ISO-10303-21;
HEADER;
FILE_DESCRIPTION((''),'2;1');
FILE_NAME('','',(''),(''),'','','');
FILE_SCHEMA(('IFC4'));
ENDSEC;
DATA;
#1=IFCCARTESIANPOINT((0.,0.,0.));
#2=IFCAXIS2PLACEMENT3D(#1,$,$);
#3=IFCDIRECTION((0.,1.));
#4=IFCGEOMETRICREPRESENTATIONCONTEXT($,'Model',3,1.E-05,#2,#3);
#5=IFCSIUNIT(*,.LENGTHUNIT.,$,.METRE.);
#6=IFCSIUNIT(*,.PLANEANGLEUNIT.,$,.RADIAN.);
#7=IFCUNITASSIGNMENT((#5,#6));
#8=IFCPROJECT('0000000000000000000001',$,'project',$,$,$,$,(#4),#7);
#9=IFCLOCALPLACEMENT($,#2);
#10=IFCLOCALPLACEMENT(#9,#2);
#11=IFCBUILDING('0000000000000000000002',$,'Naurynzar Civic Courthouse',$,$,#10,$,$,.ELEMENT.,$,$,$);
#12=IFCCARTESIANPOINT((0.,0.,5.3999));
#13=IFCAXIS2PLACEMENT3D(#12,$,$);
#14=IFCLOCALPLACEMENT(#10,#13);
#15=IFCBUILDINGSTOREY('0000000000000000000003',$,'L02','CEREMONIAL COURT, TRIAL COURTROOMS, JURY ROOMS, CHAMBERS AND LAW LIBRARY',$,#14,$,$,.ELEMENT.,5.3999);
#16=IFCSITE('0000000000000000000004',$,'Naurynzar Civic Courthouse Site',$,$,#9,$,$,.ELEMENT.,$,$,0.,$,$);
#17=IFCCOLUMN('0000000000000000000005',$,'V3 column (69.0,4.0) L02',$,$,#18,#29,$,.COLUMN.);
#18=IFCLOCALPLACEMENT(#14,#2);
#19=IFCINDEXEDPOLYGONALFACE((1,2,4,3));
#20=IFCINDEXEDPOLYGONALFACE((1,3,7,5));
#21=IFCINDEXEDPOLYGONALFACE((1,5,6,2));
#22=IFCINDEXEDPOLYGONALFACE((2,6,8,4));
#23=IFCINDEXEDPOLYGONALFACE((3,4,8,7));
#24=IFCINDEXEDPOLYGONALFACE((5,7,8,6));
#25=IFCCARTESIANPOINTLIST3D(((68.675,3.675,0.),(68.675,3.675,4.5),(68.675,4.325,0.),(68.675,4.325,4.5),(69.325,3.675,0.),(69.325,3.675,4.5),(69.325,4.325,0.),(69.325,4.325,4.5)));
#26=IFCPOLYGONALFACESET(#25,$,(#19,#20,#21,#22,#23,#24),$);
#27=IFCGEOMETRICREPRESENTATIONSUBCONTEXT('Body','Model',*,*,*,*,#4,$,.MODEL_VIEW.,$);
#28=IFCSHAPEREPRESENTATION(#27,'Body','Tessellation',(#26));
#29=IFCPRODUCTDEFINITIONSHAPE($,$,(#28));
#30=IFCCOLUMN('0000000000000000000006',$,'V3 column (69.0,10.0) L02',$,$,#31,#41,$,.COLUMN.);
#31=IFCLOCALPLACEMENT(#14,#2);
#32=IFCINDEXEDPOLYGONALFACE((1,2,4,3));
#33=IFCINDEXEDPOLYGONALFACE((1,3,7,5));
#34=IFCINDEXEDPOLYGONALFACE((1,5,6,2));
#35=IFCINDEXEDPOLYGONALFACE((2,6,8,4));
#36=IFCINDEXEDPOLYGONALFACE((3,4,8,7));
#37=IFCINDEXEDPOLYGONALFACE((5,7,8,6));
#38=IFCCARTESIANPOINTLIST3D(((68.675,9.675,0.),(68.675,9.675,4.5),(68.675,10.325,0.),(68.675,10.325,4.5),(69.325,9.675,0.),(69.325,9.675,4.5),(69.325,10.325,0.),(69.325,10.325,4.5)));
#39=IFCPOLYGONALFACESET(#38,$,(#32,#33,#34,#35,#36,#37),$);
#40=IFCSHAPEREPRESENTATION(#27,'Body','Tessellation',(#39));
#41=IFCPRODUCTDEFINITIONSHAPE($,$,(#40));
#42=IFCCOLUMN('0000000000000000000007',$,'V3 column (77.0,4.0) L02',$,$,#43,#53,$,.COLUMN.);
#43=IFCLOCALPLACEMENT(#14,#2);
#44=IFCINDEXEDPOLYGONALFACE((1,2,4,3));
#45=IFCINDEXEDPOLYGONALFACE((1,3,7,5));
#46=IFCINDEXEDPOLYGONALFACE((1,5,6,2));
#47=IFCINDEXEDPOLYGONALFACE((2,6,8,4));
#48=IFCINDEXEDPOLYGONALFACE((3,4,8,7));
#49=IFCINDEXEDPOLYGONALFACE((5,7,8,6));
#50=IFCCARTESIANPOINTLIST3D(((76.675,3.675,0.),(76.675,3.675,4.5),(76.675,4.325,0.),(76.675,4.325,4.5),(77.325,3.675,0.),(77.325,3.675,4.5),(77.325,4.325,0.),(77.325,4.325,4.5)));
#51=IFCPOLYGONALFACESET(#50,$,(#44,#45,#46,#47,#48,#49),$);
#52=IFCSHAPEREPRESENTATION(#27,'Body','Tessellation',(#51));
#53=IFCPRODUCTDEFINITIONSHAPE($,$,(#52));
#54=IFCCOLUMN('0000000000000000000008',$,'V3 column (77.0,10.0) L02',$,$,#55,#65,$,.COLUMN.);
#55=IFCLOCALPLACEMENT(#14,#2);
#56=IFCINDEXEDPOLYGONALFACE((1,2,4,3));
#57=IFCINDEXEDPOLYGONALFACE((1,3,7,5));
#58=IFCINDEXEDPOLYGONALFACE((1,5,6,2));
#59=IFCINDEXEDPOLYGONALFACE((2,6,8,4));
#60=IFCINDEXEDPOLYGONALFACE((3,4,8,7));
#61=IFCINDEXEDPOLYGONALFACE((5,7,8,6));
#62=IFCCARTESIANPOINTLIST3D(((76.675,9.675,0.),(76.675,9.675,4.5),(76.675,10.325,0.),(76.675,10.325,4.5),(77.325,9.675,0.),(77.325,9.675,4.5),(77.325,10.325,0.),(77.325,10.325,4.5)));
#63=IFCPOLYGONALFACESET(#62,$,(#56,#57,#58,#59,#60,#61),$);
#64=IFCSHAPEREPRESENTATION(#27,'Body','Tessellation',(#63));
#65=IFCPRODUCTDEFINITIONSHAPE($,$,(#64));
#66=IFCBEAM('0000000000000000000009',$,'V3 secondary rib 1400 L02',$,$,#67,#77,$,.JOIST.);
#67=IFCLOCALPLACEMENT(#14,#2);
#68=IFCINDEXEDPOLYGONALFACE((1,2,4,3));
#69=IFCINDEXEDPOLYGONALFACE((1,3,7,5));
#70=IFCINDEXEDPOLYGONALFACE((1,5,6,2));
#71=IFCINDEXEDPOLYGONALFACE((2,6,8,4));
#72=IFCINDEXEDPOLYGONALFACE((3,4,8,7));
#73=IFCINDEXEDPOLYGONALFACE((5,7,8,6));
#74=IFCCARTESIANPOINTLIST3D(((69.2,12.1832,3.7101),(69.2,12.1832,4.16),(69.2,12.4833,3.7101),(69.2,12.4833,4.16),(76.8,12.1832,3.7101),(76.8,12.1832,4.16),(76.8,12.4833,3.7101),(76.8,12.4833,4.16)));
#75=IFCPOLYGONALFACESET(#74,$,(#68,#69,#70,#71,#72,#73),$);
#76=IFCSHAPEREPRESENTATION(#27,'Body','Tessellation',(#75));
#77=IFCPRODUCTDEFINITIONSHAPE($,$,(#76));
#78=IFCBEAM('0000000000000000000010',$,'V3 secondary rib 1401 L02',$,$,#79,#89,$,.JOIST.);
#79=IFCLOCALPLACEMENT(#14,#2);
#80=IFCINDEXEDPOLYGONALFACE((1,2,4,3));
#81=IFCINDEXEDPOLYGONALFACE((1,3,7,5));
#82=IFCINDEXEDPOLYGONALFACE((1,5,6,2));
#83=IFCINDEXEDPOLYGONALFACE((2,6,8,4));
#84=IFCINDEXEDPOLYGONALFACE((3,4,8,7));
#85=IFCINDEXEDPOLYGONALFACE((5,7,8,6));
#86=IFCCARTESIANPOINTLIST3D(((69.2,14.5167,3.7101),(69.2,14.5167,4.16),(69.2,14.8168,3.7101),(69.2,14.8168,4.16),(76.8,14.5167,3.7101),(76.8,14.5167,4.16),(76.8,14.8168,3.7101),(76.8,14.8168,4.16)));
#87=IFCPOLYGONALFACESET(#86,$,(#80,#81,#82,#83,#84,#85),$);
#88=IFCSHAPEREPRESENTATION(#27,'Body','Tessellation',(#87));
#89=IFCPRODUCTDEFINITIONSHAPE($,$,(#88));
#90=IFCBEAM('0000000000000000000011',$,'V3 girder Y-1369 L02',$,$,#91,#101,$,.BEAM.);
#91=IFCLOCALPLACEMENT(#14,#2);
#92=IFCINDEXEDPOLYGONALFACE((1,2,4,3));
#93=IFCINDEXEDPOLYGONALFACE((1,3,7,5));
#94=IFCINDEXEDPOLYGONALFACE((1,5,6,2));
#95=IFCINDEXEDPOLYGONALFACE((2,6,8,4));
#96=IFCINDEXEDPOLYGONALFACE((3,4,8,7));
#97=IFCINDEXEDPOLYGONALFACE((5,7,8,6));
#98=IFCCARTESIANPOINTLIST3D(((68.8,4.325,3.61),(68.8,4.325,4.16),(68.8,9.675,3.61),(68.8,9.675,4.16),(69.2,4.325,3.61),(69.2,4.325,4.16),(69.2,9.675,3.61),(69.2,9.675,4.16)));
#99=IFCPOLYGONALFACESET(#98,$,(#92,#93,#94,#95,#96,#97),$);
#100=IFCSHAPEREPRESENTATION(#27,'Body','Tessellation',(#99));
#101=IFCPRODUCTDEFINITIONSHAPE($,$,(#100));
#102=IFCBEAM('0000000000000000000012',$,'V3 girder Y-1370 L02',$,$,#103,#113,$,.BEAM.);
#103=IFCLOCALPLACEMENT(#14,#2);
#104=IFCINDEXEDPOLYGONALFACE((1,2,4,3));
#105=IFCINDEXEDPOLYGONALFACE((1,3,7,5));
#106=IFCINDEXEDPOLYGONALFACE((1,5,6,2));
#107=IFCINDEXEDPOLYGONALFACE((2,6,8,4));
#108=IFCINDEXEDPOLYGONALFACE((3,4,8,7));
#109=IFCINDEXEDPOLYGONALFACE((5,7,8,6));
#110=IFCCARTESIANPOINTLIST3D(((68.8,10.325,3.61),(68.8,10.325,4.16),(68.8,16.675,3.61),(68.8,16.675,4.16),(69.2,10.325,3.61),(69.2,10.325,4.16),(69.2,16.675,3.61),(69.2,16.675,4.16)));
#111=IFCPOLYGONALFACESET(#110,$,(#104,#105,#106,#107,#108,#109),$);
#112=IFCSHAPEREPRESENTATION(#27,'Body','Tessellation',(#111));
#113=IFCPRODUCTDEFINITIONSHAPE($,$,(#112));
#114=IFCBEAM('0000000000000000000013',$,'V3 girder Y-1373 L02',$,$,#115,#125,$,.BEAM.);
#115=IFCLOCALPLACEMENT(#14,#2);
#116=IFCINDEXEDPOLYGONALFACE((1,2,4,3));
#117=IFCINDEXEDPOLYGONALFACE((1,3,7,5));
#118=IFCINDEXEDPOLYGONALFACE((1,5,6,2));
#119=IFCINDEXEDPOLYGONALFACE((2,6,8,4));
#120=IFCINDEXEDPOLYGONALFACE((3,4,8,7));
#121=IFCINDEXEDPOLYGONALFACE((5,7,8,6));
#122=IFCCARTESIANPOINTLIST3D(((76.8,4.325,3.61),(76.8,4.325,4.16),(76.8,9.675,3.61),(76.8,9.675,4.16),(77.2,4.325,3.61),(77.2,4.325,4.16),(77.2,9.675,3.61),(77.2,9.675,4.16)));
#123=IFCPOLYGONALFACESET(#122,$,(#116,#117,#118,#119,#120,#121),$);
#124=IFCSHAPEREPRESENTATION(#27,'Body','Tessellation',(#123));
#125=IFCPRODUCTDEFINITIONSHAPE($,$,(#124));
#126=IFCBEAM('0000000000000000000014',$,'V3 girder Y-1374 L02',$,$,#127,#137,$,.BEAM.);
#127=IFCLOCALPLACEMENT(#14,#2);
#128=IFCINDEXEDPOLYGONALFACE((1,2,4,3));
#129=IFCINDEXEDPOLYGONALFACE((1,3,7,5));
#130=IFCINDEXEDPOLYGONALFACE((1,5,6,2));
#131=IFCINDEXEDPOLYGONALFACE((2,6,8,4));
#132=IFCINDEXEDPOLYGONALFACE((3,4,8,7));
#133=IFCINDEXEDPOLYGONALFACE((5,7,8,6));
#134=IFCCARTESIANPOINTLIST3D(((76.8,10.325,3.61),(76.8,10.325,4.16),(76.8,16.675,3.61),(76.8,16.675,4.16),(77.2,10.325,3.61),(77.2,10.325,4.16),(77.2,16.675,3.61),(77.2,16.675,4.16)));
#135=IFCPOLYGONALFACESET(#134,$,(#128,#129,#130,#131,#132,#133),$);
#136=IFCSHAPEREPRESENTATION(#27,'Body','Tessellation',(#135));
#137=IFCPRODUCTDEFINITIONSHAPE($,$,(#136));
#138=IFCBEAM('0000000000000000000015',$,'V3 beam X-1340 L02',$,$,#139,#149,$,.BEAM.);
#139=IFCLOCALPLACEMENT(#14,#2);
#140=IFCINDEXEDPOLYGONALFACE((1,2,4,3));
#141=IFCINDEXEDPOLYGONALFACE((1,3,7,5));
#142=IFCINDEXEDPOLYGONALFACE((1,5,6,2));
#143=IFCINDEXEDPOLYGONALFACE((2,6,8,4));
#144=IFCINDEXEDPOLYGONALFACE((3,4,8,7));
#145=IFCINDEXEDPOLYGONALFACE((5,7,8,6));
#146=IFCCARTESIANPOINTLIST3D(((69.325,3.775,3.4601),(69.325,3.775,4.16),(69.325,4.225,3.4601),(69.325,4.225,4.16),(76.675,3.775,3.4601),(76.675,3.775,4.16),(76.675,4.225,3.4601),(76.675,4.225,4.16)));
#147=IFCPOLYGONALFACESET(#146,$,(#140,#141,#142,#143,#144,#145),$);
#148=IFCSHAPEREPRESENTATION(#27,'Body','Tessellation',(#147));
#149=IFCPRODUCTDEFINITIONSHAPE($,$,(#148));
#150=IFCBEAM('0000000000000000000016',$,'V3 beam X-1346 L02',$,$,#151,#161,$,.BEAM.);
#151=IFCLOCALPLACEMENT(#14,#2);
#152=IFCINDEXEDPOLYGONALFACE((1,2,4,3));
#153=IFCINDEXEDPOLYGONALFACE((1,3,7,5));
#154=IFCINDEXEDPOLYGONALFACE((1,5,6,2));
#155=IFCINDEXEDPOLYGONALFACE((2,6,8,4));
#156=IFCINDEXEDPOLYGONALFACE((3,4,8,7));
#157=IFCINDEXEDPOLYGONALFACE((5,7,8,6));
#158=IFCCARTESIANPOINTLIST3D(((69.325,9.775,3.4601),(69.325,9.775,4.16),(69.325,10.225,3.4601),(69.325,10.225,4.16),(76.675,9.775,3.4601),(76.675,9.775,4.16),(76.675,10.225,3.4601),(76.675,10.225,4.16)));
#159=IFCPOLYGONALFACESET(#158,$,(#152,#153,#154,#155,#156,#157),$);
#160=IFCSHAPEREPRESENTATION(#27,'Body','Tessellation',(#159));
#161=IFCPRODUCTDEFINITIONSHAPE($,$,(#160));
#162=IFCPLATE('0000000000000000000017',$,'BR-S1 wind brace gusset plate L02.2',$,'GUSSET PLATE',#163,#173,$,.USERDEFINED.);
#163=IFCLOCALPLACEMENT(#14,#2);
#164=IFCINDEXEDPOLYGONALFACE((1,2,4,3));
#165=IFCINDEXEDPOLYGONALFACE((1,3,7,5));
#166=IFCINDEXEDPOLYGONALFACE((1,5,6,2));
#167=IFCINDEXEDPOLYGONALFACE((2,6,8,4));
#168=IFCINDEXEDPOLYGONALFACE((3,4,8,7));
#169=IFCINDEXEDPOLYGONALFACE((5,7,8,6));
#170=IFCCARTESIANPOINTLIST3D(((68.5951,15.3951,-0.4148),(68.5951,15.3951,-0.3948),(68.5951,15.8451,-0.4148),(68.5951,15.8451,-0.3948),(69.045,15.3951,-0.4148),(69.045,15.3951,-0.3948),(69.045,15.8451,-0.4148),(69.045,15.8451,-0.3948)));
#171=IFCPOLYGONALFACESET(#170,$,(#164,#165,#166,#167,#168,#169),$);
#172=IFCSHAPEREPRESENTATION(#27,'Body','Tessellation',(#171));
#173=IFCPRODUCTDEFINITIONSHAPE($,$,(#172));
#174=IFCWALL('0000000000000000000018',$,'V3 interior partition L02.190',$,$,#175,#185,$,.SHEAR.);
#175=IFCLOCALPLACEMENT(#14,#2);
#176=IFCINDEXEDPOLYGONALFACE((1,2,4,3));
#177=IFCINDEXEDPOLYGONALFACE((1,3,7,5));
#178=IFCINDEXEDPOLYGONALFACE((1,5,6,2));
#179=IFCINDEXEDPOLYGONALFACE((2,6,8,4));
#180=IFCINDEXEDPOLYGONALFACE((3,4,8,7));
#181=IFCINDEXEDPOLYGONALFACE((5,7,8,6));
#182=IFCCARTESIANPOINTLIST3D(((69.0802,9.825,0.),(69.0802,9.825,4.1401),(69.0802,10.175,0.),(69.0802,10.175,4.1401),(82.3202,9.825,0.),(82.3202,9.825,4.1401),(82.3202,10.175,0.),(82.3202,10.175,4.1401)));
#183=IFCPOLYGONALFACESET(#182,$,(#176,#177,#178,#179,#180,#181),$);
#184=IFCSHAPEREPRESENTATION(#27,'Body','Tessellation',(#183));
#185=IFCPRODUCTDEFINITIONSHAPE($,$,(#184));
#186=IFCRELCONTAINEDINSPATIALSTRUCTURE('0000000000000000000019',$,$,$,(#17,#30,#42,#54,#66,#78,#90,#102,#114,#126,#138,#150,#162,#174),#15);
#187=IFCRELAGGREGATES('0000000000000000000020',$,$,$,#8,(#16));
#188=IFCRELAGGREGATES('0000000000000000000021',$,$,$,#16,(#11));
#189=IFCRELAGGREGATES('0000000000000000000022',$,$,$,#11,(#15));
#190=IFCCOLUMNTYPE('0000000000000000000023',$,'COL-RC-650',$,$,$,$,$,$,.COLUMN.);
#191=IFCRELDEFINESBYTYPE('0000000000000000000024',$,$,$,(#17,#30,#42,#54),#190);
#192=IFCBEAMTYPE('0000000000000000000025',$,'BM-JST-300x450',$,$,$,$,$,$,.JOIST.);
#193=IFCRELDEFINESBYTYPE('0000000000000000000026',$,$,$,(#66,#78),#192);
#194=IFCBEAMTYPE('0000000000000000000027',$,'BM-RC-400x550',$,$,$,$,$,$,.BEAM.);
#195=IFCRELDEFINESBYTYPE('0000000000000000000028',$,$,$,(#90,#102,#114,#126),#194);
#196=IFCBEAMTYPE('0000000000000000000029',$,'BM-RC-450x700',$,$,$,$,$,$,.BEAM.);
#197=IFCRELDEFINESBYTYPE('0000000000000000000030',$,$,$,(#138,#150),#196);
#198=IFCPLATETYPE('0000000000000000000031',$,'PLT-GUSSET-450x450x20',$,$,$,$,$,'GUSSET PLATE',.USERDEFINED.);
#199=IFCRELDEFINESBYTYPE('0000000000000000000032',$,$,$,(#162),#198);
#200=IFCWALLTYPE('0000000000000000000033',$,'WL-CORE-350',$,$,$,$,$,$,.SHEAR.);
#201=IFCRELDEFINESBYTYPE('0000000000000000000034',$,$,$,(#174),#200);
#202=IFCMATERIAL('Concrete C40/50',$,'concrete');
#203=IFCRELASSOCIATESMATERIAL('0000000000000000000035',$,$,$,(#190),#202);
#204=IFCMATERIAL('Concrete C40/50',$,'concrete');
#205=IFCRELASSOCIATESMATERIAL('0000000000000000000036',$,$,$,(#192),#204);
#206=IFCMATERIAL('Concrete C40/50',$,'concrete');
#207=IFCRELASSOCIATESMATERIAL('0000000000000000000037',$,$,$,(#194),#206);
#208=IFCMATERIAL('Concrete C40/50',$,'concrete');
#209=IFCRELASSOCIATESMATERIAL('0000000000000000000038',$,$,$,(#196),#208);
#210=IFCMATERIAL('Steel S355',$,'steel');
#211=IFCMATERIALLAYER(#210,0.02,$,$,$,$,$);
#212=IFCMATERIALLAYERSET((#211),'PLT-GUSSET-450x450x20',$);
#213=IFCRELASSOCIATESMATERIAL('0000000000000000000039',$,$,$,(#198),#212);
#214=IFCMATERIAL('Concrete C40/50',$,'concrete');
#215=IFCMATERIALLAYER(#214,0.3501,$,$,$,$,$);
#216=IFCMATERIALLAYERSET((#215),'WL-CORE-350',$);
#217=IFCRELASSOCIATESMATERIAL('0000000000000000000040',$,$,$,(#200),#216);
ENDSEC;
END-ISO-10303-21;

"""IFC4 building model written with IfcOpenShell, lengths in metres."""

from ifc_helpers import new_model, si_unit, direction, frame, frame_2d, origin, origin_2d, place, context, subcontext, project, spatial, rectangle, extrude, material, layer, layer_set, material_profile, profile_set, type_object, element, save


model = new_model("IFC4")

# Units and contexts
model_context = context("Model", 3, precision=1e-05, world=origin(), true_north=direction((0.0, 1.0)))
body_context = subcontext(model_context, "Body", "Model", "MODEL_VIEW")
ifc_project = project(units=[si_unit("LENGTHUNIT", "METRE"), si_unit("PLANEANGLEUNIT", "RADIAN")], contexts=[model_context])

# Site, building, storey
site_placement = place(None, origin())
site = spatial("IfcSite", under=ifc_project, at=site_placement, Name="Naurynzar Civic Courthouse Site", CompositionType="ELEMENT", RefElevation=0.0)
building_placement = place(site_placement, origin())
building = spatial("IfcBuilding", under=site, at=building_placement, Name="Naurynzar Civic Courthouse", CompositionType="ELEMENT")
storey_placement = place(building_placement, frame((0.0, 0.0, 5.3999)))
storey = spatial("IfcBuildingStorey", under=building, at=storey_placement, Name="L02", Description="CEREMONIAL COURT, TRIAL COURTROOMS, JURY ROOMS, CHAMBERS AND LAW LIBRARY", CompositionType="ELEMENT", Elevation=5.3999)

# Columns
ifc_material_1 = material(Name="Concrete C40/50", Category="concrete")
ifc_material_profile_1 = material_profile(ifc_material_1, rectangle(XDim=0.6499, YDim=0.6499, at=origin_2d()), Name="RC 650x650")
ifc_profile_set_1 = profile_set([ifc_material_profile_1], Name="Concrete C40/50")
column_type = type_object("IfcColumnType", Name="COL-RC-650", PredefinedType="COLUMN", material=ifc_profile_set_1)
for number, where, z_axis, x_axis, name in (
    (1, (69.0, 4.0, 0.0), (0.0, 0.0, 1.0), (1.0, 0.0, 0.0), "V3 column (69.0,4.0) L02"),
    (2, (69.0, 10.0, 0.0), (0.0, 0.0, 1.0), (1.0, 0.0, 0.0), "V3 column (69.0,10.0) L02"),
    (3, (77.0, 4.0, 0.0), (0.0, 0.0, 1.0), (1.0, 0.0, 0.0), "V3 column (77.0,4.0) L02"),
    (4, (77.0, 10.0, 0.0), (0.0, 0.0, 1.0), (1.0, 0.0, 0.0), "V3 column (77.0,10.0) L02"),
):
    element("IfcColumn", number, at=place(storey_placement, frame(where, z_axis=z_axis, x_axis=x_axis)), inside=storey, type_object=column_type, Name=name, PredefinedType="COLUMN", context=body_context, shape_type="SweptSolid", body=[
        extrude(rectangle(XDim=0.6499, YDim=0.6499, at=origin_2d()), origin(), (0.0, 0.0, 1.0), 4.5),
    ])

# Beams
ifc_material_2 = material(Name="Concrete C40/50", Category="concrete")
ifc_material_profile_2 = material_profile(ifc_material_2, rectangle(XDim=0.3, YDim=0.45, at=origin_2d()), Name="RCJ 300x450")
ifc_profile_set_2 = profile_set([ifc_material_profile_2], Name="Concrete C40/50")
beam_type_1 = type_object("IfcBeamType", Name="BM-JST-300x450", PredefinedType="JOIST", material=ifc_profile_set_2)
for number, where, z_axis, x_axis, name in (
    (5, (69.2, 12.3333, 3.9351), (1.0, 0.0, 0.0), (0.0, 1.0, 0.0), "V3 secondary rib 1400 L02"),
    (6, (69.2, 14.6667, 3.9351), (1.0, 0.0, 0.0), (0.0, 1.0, 0.0), "V3 secondary rib 1401 L02"),
):
    element("IfcBeam", number, at=place(storey_placement, frame(where, z_axis=z_axis, x_axis=x_axis)), inside=storey, type_object=beam_type_1, Name=name, PredefinedType="JOIST", context=body_context, shape_type="SweptSolid", body=[
        extrude(rectangle(XDim=0.3, YDim=0.45, at=origin_2d()), origin(), (0.0, 0.0, 1.0), 7.6001),
    ])
ifc_material_3 = material(Name="Concrete C40/50", Category="concrete")
ifc_material_profile_3 = material_profile(ifc_material_3, rectangle(XDim=0.3999, YDim=0.55, at=origin_2d()), Name="RCB 400x550")
ifc_profile_set_3 = profile_set([ifc_material_profile_3], Name="Concrete C40/50")
beam_type_2 = type_object("IfcBeamType", Name="BM-RC-400x550", PredefinedType="BEAM", material=ifc_profile_set_3)
beam_1_placement = place(storey_placement, frame((69.0, 4.325, 3.885), z_axis=(0.0, 1.0, 0.0), x_axis=(-1.0, 0.0, 0.0)))
element("IfcBeam", 7, at=beam_1_placement, inside=storey, type_object=beam_type_2, Name="V3 girder Y-1369 L02", PredefinedType="BEAM", context=body_context, shape_type="SweptSolid", body=[
    extrude(rectangle(XDim=0.3999, YDim=0.55, at=origin_2d()), origin(), (0.0, 0.0, 1.0), 5.3501),
])
beam_2_placement = place(storey_placement, frame((69.0, 10.325, 3.885), z_axis=(0.0, 1.0, 0.0), x_axis=(-1.0, 0.0, 0.0)))
element("IfcBeam", 8, at=beam_2_placement, inside=storey, type_object=beam_type_2, Name="V3 girder Y-1370 L02", PredefinedType="BEAM", context=body_context, shape_type="SweptSolid", body=[
    extrude(rectangle(XDim=0.3999, YDim=0.55, at=origin_2d()), origin(), (0.0, 0.0, 1.0), 6.3501),
])
beam_3_placement = place(storey_placement, frame((77.0, 4.325, 3.885), z_axis=(0.0, 1.0, 0.0), x_axis=(-1.0, 0.0, 0.0)))
element("IfcBeam", 9, at=beam_3_placement, inside=storey, type_object=beam_type_2, Name="V3 girder Y-1373 L02", PredefinedType="BEAM", context=body_context, shape_type="SweptSolid", body=[
    extrude(rectangle(XDim=0.3999, YDim=0.55, at=origin_2d()), origin(), (0.0, 0.0, 1.0), 5.3501),
])
beam_4_placement = place(storey_placement, frame((77.0, 10.325, 3.885), z_axis=(0.0, 1.0, 0.0), x_axis=(-1.0, 0.0, 0.0)))
element("IfcBeam", 10, at=beam_4_placement, inside=storey, type_object=beam_type_2, Name="V3 girder Y-1374 L02", PredefinedType="BEAM", context=body_context, shape_type="SweptSolid", body=[
    extrude(rectangle(XDim=0.3999, YDim=0.55, at=origin_2d()), origin(), (0.0, 0.0, 1.0), 6.3501),
])
ifc_material_4 = material(Name="Concrete C40/50", Category="concrete")
ifc_material_profile_4 = material_profile(ifc_material_4, rectangle(XDim=0.45, YDim=0.7, at=origin_2d()), Name="RCB 450x700")
ifc_profile_set_4 = profile_set([ifc_material_profile_4], Name="Concrete C40/50")
beam_type_3 = type_object("IfcBeamType", Name="BM-RC-450x700", PredefinedType="BEAM", material=ifc_profile_set_4)
for number, where, z_axis, x_axis, name in (
    (11, (69.325, 4.0, 3.8101), (1.0, 0.0, 0.0), (0.0, 1.0, 0.0), "V3 beam X-1340 L02"),
    (12, (69.325, 10.0, 3.8101), (1.0, 0.0, 0.0), (0.0, 1.0, 0.0), "V3 beam X-1346 L02"),
):
    element("IfcBeam", number, at=place(storey_placement, frame(where, z_axis=z_axis, x_axis=x_axis)), inside=storey, type_object=beam_type_3, Name=name, PredefinedType="BEAM", context=body_context, shape_type="SweptSolid", body=[
        extrude(rectangle(XDim=0.45, YDim=0.7, at=origin_2d()), origin(), (0.0, 0.0, 1.0), 7.3501),
    ])

# Plate
ifc_material_5 = material(Name="Steel S355", Category="steel")
ifc_layer_1 = layer(ifc_material_5, 0.02)
ifc_layer_set_1 = layer_set([ifc_layer_1], Name="PLT-GUSSET-450x450x20")
plate_type = type_object("IfcPlateType", Name="PLT-GUSSET-450x450x20", ElementType="GUSSET PLATE", PredefinedType="USERDEFINED", material=ifc_layer_set_1)
plate_placement = place(storey_placement, frame((68.8201, 15.6201, -0.4148), z_axis=(0.0, 0.0, 1.0), x_axis=(1.0, 0.0, 0.0)))
element("IfcPlate", 13, at=plate_placement, inside=storey, type_object=plate_type, Name="BR-S1 wind brace gusset plate L02.2", ObjectType="GUSSET PLATE", PredefinedType="USERDEFINED", context=body_context, shape_type="SweptSolid", body=[
    extrude(rectangle(XDim=0.45, YDim=0.45, at=origin_2d()), origin(), (0.0, 0.0, 1.0), 0.02),
])

# Wall
ifc_material_6 = material(Name="Concrete C40/50", Category="concrete")
ifc_layer_2 = layer(ifc_material_6, 0.3501)
ifc_layer_set_2 = layer_set([ifc_layer_2], Name="WL-CORE-350")
wall_type_1 = type_object("IfcWallType", Name="WL-CORE-350", PredefinedType="SHEAR", material=ifc_layer_set_2)
wall_1_placement = place(storey_placement, frame((69.0801, 10.0, 0.0), z_axis=(0.0, 0.0, 1.0), x_axis=(1.0, 0.0, 0.0)))
element("IfcWall", 14, at=wall_1_placement, inside=storey, type_object=wall_type_1, Name="V3 interior partition L02.190", PredefinedType="SHEAR", context=body_context, shape_type="SweptSolid", body=[
    extrude(rectangle(XDim=13.24, YDim=0.3501, at=frame_2d((6.6201, 0.0))), origin(), (0.0, 0.0, 1.0), 4.1401),
])

save(model, "model.ifc")
